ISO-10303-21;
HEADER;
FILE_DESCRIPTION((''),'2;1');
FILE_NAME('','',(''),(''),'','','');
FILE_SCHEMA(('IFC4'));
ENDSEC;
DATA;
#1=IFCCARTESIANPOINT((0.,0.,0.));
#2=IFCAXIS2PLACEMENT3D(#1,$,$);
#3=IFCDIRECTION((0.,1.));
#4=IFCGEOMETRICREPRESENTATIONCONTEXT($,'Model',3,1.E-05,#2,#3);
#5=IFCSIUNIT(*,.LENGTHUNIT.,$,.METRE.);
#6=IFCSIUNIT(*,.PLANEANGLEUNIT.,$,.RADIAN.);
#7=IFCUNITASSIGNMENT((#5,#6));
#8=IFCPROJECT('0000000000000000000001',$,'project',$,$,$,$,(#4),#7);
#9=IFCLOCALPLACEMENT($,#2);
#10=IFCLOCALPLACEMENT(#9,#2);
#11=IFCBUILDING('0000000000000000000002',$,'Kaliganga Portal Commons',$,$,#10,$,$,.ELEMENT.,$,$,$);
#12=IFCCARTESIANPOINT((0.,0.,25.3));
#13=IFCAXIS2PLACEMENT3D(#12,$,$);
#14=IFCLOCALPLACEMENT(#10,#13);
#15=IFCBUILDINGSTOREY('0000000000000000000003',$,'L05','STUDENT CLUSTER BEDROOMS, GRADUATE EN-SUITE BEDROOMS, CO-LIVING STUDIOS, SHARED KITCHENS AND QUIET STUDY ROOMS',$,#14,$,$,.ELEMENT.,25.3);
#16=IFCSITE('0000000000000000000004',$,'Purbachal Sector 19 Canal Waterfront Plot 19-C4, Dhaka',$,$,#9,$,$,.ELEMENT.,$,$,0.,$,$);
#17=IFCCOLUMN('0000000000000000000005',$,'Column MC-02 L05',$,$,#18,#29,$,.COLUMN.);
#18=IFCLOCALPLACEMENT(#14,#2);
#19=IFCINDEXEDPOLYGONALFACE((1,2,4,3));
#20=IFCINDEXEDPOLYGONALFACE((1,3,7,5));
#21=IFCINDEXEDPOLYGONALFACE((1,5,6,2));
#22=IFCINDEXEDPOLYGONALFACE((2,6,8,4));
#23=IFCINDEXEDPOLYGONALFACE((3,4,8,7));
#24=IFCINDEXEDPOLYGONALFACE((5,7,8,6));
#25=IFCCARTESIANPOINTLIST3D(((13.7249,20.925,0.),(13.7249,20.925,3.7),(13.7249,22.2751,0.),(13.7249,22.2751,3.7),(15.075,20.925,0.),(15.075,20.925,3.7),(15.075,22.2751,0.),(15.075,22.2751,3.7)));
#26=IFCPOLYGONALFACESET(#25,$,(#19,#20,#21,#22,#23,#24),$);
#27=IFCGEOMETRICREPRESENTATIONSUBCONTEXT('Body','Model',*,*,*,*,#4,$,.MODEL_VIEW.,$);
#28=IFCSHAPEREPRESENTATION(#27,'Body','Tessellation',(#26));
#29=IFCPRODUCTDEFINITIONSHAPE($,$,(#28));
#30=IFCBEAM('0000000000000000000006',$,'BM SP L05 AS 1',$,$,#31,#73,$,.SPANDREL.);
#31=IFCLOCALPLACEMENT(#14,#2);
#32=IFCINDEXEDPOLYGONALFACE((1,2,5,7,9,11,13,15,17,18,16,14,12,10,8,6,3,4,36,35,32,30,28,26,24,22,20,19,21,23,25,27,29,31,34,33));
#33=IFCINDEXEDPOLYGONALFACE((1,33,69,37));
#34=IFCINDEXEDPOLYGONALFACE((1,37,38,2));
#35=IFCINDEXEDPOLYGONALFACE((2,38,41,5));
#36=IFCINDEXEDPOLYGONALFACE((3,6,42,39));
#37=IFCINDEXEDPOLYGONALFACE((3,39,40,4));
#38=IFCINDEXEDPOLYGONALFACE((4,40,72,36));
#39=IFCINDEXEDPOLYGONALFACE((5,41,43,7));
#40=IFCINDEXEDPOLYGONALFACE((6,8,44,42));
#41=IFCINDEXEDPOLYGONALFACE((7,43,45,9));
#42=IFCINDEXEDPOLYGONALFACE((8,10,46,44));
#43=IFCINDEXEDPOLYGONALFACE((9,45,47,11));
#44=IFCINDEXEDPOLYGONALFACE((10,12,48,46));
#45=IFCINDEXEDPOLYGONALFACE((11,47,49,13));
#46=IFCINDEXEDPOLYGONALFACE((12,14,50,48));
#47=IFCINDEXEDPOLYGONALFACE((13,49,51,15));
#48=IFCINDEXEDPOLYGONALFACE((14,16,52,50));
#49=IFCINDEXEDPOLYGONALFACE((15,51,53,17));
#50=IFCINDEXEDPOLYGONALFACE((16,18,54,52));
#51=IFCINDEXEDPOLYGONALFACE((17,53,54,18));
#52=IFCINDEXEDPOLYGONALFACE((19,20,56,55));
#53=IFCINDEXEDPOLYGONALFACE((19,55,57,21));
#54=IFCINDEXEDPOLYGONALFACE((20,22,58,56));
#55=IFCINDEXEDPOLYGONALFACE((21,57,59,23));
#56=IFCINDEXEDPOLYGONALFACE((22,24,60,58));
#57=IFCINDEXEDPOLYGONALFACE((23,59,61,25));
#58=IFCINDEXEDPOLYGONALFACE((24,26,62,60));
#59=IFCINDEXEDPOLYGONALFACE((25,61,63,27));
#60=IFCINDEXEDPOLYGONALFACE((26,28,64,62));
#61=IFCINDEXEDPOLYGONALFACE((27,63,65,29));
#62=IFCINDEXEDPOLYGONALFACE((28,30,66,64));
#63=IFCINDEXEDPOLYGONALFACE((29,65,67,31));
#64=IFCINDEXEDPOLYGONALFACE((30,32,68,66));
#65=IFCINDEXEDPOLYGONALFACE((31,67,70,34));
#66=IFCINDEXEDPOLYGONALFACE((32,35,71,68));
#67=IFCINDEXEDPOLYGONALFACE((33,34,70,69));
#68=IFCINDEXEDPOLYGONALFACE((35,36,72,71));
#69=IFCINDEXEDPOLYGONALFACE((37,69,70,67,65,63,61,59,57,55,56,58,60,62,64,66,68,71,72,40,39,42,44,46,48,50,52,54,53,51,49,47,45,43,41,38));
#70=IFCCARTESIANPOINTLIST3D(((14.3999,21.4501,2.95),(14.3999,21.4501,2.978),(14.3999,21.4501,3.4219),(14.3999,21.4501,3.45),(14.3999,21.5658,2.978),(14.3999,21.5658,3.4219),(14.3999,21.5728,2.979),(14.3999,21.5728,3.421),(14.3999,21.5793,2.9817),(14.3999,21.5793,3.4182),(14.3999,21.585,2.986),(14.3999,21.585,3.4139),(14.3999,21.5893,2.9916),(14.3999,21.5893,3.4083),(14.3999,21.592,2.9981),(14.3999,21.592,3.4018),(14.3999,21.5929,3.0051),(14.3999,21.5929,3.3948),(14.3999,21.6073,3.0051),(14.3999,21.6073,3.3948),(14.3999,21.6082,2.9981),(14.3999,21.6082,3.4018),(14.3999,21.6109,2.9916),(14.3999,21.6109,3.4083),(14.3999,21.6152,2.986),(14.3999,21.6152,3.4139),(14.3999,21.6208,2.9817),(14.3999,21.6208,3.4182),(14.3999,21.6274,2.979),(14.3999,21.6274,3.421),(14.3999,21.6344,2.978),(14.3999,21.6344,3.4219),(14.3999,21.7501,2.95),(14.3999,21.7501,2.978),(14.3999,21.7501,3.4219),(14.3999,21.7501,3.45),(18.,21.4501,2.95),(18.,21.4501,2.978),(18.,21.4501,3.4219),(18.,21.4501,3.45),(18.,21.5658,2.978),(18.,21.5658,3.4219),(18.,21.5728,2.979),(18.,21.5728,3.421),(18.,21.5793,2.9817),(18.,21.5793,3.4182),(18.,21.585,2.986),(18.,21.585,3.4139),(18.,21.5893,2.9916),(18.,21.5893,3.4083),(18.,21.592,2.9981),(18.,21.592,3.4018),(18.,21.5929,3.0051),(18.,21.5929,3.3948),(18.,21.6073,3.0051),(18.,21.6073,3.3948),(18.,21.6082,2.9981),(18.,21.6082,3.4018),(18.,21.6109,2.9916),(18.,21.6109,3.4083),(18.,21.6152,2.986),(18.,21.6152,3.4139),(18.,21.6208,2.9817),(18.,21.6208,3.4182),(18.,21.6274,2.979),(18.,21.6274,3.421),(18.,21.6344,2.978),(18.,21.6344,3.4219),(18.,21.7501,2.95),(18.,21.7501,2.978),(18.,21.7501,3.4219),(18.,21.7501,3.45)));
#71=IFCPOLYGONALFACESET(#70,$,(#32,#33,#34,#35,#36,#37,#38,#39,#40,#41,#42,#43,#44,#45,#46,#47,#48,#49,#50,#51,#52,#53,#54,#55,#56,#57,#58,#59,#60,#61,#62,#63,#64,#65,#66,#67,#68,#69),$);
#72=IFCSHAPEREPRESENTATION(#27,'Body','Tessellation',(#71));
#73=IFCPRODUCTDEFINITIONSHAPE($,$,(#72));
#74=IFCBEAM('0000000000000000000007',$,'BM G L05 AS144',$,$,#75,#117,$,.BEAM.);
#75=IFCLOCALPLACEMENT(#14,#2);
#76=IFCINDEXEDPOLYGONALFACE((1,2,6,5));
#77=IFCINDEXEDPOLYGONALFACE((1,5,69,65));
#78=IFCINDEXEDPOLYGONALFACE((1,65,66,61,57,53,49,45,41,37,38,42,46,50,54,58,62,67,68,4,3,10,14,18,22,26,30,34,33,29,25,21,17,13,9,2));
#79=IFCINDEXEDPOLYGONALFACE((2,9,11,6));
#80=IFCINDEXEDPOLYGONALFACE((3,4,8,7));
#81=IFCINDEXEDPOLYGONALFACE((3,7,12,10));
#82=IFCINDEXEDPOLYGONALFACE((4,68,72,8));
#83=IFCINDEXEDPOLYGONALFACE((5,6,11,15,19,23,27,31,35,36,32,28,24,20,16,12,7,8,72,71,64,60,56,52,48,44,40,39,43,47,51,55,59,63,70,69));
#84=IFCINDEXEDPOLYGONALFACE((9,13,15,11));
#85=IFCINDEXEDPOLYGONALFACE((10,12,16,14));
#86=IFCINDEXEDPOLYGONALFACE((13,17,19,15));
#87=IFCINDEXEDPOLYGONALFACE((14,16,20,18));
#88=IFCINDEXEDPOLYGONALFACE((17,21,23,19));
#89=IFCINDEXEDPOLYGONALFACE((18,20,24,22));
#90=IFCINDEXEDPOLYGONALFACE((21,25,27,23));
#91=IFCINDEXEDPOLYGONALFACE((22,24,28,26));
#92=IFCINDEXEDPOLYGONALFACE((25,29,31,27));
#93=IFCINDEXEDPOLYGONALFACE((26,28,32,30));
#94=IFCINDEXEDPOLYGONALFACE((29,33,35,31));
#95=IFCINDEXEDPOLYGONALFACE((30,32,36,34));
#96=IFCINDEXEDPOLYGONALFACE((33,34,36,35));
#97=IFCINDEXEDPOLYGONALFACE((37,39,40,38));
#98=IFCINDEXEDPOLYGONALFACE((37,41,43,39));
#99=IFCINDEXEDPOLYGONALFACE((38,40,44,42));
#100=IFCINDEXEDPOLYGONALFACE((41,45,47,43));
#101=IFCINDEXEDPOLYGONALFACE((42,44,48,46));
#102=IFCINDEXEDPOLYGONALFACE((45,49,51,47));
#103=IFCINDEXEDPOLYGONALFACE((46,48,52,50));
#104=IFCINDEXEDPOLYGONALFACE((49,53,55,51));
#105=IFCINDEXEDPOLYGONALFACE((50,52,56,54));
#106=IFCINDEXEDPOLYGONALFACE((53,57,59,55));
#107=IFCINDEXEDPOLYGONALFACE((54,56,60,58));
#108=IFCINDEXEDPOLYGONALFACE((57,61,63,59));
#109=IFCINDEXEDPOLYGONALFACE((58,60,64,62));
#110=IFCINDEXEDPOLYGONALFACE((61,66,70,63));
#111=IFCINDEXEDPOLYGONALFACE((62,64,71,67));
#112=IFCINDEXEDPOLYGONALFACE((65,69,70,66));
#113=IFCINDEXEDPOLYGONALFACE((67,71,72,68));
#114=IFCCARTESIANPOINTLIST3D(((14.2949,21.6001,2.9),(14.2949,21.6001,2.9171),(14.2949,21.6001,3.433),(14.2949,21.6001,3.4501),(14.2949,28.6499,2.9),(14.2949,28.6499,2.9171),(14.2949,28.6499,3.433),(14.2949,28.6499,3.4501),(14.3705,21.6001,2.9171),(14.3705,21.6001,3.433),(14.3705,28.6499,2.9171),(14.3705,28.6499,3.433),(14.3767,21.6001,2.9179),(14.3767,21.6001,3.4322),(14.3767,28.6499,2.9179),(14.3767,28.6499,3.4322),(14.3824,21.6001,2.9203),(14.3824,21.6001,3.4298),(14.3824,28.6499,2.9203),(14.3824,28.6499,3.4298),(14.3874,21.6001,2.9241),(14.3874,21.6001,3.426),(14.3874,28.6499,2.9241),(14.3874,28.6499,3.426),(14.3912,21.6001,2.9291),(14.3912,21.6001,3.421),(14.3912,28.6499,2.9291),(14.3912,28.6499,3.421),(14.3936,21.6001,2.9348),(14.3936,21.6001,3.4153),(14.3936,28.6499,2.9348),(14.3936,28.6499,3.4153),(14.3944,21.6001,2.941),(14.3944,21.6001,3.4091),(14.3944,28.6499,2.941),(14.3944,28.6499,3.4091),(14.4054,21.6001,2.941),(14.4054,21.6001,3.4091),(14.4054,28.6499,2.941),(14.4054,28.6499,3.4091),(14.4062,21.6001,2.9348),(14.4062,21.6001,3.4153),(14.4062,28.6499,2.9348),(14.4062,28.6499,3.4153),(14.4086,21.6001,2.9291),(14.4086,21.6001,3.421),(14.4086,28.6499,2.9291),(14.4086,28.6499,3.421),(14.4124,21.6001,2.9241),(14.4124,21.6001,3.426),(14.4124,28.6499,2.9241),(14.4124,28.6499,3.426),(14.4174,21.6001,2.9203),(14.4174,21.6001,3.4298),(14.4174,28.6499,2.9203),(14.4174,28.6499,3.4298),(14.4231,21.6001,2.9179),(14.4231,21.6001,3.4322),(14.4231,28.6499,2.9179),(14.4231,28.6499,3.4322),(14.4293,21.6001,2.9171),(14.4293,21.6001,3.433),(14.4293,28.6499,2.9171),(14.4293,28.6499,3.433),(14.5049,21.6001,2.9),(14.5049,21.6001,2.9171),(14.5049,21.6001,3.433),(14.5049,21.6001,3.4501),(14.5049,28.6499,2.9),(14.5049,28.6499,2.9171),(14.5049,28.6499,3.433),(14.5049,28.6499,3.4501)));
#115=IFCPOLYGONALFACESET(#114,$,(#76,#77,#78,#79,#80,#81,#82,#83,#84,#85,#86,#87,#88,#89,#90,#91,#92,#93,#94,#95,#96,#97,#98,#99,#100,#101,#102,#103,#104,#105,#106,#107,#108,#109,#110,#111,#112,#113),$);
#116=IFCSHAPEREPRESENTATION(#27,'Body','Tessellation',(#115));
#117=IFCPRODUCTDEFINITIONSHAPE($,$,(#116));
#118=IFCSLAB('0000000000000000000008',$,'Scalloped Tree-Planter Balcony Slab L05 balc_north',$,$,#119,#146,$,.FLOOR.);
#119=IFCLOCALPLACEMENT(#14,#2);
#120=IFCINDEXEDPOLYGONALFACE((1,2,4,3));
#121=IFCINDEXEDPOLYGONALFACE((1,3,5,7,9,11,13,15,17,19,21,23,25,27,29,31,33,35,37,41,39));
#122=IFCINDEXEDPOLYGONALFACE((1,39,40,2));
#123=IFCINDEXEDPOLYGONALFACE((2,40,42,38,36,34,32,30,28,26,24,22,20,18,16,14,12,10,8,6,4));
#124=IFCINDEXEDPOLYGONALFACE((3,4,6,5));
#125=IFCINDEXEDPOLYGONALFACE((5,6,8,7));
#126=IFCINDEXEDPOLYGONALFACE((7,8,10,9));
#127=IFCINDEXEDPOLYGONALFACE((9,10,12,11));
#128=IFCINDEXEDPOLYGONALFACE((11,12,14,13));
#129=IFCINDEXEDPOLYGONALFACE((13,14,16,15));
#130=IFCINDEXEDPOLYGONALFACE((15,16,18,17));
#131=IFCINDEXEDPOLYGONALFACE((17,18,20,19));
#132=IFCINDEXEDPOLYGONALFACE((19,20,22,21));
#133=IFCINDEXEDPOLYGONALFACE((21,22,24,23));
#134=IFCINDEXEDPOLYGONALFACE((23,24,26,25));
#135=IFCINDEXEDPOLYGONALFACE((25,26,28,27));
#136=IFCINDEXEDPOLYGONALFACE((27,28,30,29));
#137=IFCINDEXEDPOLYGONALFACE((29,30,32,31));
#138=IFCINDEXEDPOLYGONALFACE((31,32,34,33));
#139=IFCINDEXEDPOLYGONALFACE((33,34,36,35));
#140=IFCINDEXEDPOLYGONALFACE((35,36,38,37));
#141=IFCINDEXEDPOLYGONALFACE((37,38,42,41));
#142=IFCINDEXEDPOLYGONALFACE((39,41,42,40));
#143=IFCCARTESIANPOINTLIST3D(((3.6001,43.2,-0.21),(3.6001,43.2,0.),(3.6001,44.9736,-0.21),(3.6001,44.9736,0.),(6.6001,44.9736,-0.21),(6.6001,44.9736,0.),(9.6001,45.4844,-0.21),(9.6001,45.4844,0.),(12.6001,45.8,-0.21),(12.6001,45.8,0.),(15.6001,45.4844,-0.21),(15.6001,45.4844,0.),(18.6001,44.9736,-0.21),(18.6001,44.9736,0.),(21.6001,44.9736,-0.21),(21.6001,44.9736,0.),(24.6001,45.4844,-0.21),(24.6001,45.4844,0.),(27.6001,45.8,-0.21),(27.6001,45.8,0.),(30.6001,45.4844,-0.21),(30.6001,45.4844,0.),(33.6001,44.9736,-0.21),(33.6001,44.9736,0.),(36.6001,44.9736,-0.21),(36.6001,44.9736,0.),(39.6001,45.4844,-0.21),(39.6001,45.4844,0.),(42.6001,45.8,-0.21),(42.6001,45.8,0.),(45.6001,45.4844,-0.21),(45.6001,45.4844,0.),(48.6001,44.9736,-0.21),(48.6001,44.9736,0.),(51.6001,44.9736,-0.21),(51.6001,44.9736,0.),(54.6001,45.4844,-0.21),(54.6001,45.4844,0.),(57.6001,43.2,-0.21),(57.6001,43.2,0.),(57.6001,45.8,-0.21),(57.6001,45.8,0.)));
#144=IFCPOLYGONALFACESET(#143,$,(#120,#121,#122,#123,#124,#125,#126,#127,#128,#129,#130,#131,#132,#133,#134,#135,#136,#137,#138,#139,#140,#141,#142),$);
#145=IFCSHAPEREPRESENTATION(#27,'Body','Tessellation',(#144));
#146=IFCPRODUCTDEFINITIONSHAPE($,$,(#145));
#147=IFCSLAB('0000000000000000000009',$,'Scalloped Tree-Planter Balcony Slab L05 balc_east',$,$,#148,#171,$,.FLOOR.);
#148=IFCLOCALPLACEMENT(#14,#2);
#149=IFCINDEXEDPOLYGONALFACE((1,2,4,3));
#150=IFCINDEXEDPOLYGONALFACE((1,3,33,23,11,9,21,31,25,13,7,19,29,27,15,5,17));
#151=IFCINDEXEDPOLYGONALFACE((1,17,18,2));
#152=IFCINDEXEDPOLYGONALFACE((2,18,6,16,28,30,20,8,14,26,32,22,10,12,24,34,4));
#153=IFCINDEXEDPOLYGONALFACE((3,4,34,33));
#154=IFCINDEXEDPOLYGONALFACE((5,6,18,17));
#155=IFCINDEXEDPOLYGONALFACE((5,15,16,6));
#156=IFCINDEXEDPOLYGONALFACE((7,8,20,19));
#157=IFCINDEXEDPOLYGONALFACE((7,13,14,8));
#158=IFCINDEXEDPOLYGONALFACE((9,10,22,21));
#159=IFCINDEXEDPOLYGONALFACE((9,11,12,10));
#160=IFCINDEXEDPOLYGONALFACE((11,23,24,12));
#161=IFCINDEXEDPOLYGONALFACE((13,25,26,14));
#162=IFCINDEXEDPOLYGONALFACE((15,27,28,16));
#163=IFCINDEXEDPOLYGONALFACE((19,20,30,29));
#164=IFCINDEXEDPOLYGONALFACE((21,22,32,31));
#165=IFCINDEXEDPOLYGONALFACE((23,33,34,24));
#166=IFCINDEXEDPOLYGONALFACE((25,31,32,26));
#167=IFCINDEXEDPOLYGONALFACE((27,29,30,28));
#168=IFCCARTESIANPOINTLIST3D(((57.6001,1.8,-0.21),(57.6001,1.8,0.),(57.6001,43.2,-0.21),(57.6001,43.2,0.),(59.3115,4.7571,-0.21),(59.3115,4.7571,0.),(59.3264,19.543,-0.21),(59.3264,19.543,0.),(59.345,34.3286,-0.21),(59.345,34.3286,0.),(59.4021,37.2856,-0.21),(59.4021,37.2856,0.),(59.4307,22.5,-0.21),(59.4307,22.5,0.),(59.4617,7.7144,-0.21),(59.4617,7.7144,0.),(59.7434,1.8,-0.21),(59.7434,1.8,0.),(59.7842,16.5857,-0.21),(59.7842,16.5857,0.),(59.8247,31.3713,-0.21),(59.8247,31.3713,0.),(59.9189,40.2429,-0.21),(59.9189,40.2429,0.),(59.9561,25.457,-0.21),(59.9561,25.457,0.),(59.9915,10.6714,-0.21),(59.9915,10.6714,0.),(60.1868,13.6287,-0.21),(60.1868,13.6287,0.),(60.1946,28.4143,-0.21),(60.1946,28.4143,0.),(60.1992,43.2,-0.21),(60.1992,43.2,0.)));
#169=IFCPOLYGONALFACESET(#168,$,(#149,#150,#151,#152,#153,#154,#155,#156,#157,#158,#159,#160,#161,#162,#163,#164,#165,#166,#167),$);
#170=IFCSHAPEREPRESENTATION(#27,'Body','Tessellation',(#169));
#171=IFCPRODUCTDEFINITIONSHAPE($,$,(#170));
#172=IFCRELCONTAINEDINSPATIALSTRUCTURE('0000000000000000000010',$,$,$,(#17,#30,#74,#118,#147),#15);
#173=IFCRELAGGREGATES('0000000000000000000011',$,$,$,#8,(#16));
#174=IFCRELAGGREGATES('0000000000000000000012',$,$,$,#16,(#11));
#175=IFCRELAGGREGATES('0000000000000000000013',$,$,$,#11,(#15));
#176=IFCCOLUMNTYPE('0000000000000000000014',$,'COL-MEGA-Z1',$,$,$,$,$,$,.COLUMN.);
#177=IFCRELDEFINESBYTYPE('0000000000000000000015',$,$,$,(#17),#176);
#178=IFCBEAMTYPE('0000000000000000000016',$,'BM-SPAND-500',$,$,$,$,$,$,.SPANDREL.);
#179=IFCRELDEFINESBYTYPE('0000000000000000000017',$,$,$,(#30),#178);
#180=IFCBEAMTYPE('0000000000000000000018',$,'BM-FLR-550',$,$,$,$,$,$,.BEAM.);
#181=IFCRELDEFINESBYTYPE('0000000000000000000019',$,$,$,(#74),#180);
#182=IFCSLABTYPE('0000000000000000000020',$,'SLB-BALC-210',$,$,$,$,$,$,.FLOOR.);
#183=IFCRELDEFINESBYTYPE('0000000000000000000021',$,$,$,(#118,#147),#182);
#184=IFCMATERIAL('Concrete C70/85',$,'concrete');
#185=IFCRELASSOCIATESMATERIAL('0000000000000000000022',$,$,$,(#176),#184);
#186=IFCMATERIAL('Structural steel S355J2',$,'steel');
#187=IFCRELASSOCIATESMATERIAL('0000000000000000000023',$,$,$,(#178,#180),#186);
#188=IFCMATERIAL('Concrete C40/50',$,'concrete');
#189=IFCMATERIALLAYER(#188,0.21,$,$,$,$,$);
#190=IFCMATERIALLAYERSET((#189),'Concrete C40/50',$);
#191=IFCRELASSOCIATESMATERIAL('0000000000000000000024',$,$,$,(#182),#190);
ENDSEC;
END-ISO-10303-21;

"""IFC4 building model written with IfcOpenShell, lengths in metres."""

from ifc_helpers import new_model, si_unit, direction, frame, origin, origin_2d, place, context, subcontext, project, spatial, polyline, rectangle, i_section, outline, extrude, source, transform, mapped, material, layer, layer_set, material_profile, profile_set, type_object, element, save


model = new_model("IFC4")

# Units and contexts
model_context = context("Model", 3, precision=1e-05, world=origin(), true_north=direction((0.0, 1.0)))
body_context = subcontext(model_context, "Body", "Model", "MODEL_VIEW")
ifc_project = project(units=[si_unit("LENGTHUNIT", "METRE"), si_unit("PLANEANGLEUNIT", "RADIAN")], contexts=[model_context])

# Site, building, storey
site_placement = place(None, origin())
site = spatial("IfcSite", under=ifc_project, at=site_placement, Name="Purbachal Sector 19 Canal Waterfront Plot 19-C4, Dhaka", CompositionType="ELEMENT", RefElevation=0.0)
building_placement = place(site_placement, origin())
building = spatial("IfcBuilding", under=site, at=building_placement, Name="Kaliganga Portal Commons", CompositionType="ELEMENT")
storey_placement = place(building_placement, frame((0.0, 0.0, 25.3)))
storey = spatial("IfcBuildingStorey", under=building, at=storey_placement, Name="L05", Description="STUDENT CLUSTER BEDROOMS, GRADUATE EN-SUITE BEDROOMS, CO-LIVING STUDIOS, SHARED KITCHENS AND QUIET STUDY ROOMS", CompositionType="ELEMENT", Elevation=25.3)

# Column
ifc_material_1 = material(Name="Concrete C70/85", Category="concrete")
ifc_material_profile_1 = material_profile(ifc_material_1, rectangle(XDim=1.3501, YDim=1.3501, at=origin_2d()), Name="RC 1350x1350")
ifc_profile_set_1 = profile_set([ifc_material_profile_1], Name="Concrete C70/85")
column_type = type_object("IfcColumnType", Name="COL-MEGA-Z1", PredefinedType="COLUMN", material=ifc_profile_set_1)
shared_shape_1 = source(origin(), body_context, "Body", "SweptSolid", [
    extrude(rectangle(XDim=1.3501, YDim=1.3501, at=origin_2d()), origin(), (0.0, 0.0, 1.0), 3.7),
])
column_placement = place(storey_placement, frame((14.3999, 21.6001, 0.0), z_axis=(0.0, 0.0, 1.0), x_axis=(1.0, 0.0, 0.0)))
element("IfcColumn", 1, at=column_placement, inside=storey, type_object=column_type, Name="Column MC-02 L05", PredefinedType="COLUMN", context=body_context, shape_type="MappedRepresentation", body=[
    mapped(shared_shape_1, transform((0.0, 0.0, 0.0), x_axis=(1.0, 0.0, 0.0), y_axis=(0.0, 1.0, 0.0), z_axis=(0.0, 0.0, 1.0), scale=1.0)),
])

# Beams
ifc_material_2 = material(Name="Structural steel S355J2", Category="steel")
ifc_material_profile_2 = material_profile(ifc_material_2, i_section(OverallWidth=0.3, OverallDepth=0.5, WebThickness=0.0144, FlangeThickness=0.0281, FilletRadius=0.0271, at=origin_2d()), Name="HE 500 B")
ifc_profile_set_2 = profile_set([ifc_material_profile_2], Name="Structural steel S355J2 wide-flange")
beam_type_1 = type_object("IfcBeamType", Name="BM-SPAND-500", PredefinedType="SPANDREL", material=ifc_profile_set_2)
shared_shape_2 = source(origin(), body_context, "Body", "SweptSolid", [
    extrude(i_section(OverallWidth=0.3, OverallDepth=0.5, WebThickness=0.0144, FlangeThickness=0.0281, FilletRadius=0.0271, at=origin_2d()), origin(), (0.0, 0.0, 1.0), 3.6001),
])
beam_1_placement = place(storey_placement, frame((14.3999, 21.6001, 3.2), z_axis=(1.0, 0.0, 0.0), x_axis=(0.0, 1.0, 0.0)))
element("IfcBeam", 2, at=beam_1_placement, inside=storey, type_object=beam_type_1, Name="BM SP L05 AS 1", PredefinedType="SPANDREL", context=body_context, shape_type="MappedRepresentation", body=[
    mapped(shared_shape_2, transform((0.0, 0.0, 0.0), x_axis=(1.0, 0.0, 0.0), y_axis=(0.0, 1.0, 0.0), z_axis=(0.0, 0.0, 1.0), scale=1.0)),
])
ifc_material_profile_3 = material_profile(ifc_material_2, i_section(OverallWidth=0.21, OverallDepth=0.55, WebThickness=0.011, FlangeThickness=0.0171, FilletRadius=0.0239, at=origin_2d()), Name="IPE 550")
ifc_profile_set_3 = profile_set([ifc_material_profile_3], Name="Structural steel S355J2 wide-flange")
beam_type_2 = type_object("IfcBeamType", Name="BM-FLR-550", PredefinedType="BEAM", material=ifc_profile_set_3)
shared_shape_3 = source(origin(), body_context, "Body", "SweptSolid", [
    extrude(i_section(OverallWidth=0.21, OverallDepth=0.55, WebThickness=0.011, FlangeThickness=0.0171, FilletRadius=0.0239, at=origin_2d()), origin(), (0.0, 0.0, 1.0), 7.0498),
])
beam_2_placement = place(storey_placement, frame((14.3999, 21.6001, 3.175), z_axis=(0.0, 1.0, 0.0), x_axis=(-1.0, 0.0, 0.0)))
element("IfcBeam", 3, at=beam_2_placement, inside=storey, type_object=beam_type_2, Name="BM G L05 AS144", PredefinedType="BEAM", context=body_context, shape_type="MappedRepresentation", body=[
    mapped(shared_shape_3, transform((0.0, 0.0, 0.0), x_axis=(1.0, 0.0, 0.0), y_axis=(0.0, 1.0, 0.0), z_axis=(0.0, 0.0, 1.0), scale=1.0)),
])

# Slabs
ifc_material_3 = material(Name="Concrete C40/50", Category="concrete")
ifc_layer_1 = layer(ifc_material_3, 0.21)
ifc_layer_set_1 = layer_set([ifc_layer_1], Name="Concrete C40/50")
slab_type_1 = type_object("IfcSlabType", Name="SLB-BALC-210", PredefinedType="FLOOR", material=ifc_layer_set_1)
slab_1_placement = place(storey_placement, frame((0.0, 0.0, -0.21)))
element("IfcSlab", 4, at=slab_1_placement, inside=storey, type_object=slab_type_1, Name="Scalloped Tree-Planter Balcony Slab L05 balc_north", PredefinedType="FLOOR", context=body_context, shape_type="SweptSolid", body=[
    extrude(outline(polyline([(57.6001, 43.2), (57.6001, 45.8), (54.6001, 45.4844), (51.6001, 44.9736), (48.6001, 44.9736), (45.6001, 45.4844), (42.6001, 45.8), (39.6001, 45.4844), (36.6001, 44.9736), (33.6001, 44.9736), (30.6001, 45.4844), (27.6001, 45.8), (24.6001, 45.4844), (21.6001, 44.9736), (18.6001, 44.9736), (15.6001, 45.4844), (12.6001, 45.8), (9.6001, 45.4844), (6.6001, 44.9736), (3.6001, 44.9736), (3.6001, 43.2), (57.6001, 43.2)])), origin(), (0.0, 0.0, 1.0), 0.21),
])
slab_2_placement = place(storey_placement, frame((0.0, 0.0, -0.21)))
element("IfcSlab", 5, at=slab_2_placement, inside=storey, type_object=slab_type_1, Name="Scalloped Tree-Planter Balcony Slab L05 balc_east", PredefinedType="FLOOR", context=body_context, shape_type="SweptSolid", body=[
    extrude(outline(polyline([(57.6001, 1.8), (59.7434, 1.8), (59.3115, 4.7571), (59.4617, 7.7144), (59.9915, 10.6714), (60.1868, 13.6287), (59.7842, 16.5857), (59.3264, 19.543), (59.4307, 22.5), (59.9561, 25.457), (60.1946, 28.4143), (59.8247, 31.3713), (59.345, 34.3286), (59.4021, 37.2856), (59.9189, 40.2429), (60.1992, 43.2), (57.6001, 43.2), (57.6001, 1.8)])), origin(), (0.0, 0.0, 1.0), 0.21),
])

save(model, "model.ifc")
